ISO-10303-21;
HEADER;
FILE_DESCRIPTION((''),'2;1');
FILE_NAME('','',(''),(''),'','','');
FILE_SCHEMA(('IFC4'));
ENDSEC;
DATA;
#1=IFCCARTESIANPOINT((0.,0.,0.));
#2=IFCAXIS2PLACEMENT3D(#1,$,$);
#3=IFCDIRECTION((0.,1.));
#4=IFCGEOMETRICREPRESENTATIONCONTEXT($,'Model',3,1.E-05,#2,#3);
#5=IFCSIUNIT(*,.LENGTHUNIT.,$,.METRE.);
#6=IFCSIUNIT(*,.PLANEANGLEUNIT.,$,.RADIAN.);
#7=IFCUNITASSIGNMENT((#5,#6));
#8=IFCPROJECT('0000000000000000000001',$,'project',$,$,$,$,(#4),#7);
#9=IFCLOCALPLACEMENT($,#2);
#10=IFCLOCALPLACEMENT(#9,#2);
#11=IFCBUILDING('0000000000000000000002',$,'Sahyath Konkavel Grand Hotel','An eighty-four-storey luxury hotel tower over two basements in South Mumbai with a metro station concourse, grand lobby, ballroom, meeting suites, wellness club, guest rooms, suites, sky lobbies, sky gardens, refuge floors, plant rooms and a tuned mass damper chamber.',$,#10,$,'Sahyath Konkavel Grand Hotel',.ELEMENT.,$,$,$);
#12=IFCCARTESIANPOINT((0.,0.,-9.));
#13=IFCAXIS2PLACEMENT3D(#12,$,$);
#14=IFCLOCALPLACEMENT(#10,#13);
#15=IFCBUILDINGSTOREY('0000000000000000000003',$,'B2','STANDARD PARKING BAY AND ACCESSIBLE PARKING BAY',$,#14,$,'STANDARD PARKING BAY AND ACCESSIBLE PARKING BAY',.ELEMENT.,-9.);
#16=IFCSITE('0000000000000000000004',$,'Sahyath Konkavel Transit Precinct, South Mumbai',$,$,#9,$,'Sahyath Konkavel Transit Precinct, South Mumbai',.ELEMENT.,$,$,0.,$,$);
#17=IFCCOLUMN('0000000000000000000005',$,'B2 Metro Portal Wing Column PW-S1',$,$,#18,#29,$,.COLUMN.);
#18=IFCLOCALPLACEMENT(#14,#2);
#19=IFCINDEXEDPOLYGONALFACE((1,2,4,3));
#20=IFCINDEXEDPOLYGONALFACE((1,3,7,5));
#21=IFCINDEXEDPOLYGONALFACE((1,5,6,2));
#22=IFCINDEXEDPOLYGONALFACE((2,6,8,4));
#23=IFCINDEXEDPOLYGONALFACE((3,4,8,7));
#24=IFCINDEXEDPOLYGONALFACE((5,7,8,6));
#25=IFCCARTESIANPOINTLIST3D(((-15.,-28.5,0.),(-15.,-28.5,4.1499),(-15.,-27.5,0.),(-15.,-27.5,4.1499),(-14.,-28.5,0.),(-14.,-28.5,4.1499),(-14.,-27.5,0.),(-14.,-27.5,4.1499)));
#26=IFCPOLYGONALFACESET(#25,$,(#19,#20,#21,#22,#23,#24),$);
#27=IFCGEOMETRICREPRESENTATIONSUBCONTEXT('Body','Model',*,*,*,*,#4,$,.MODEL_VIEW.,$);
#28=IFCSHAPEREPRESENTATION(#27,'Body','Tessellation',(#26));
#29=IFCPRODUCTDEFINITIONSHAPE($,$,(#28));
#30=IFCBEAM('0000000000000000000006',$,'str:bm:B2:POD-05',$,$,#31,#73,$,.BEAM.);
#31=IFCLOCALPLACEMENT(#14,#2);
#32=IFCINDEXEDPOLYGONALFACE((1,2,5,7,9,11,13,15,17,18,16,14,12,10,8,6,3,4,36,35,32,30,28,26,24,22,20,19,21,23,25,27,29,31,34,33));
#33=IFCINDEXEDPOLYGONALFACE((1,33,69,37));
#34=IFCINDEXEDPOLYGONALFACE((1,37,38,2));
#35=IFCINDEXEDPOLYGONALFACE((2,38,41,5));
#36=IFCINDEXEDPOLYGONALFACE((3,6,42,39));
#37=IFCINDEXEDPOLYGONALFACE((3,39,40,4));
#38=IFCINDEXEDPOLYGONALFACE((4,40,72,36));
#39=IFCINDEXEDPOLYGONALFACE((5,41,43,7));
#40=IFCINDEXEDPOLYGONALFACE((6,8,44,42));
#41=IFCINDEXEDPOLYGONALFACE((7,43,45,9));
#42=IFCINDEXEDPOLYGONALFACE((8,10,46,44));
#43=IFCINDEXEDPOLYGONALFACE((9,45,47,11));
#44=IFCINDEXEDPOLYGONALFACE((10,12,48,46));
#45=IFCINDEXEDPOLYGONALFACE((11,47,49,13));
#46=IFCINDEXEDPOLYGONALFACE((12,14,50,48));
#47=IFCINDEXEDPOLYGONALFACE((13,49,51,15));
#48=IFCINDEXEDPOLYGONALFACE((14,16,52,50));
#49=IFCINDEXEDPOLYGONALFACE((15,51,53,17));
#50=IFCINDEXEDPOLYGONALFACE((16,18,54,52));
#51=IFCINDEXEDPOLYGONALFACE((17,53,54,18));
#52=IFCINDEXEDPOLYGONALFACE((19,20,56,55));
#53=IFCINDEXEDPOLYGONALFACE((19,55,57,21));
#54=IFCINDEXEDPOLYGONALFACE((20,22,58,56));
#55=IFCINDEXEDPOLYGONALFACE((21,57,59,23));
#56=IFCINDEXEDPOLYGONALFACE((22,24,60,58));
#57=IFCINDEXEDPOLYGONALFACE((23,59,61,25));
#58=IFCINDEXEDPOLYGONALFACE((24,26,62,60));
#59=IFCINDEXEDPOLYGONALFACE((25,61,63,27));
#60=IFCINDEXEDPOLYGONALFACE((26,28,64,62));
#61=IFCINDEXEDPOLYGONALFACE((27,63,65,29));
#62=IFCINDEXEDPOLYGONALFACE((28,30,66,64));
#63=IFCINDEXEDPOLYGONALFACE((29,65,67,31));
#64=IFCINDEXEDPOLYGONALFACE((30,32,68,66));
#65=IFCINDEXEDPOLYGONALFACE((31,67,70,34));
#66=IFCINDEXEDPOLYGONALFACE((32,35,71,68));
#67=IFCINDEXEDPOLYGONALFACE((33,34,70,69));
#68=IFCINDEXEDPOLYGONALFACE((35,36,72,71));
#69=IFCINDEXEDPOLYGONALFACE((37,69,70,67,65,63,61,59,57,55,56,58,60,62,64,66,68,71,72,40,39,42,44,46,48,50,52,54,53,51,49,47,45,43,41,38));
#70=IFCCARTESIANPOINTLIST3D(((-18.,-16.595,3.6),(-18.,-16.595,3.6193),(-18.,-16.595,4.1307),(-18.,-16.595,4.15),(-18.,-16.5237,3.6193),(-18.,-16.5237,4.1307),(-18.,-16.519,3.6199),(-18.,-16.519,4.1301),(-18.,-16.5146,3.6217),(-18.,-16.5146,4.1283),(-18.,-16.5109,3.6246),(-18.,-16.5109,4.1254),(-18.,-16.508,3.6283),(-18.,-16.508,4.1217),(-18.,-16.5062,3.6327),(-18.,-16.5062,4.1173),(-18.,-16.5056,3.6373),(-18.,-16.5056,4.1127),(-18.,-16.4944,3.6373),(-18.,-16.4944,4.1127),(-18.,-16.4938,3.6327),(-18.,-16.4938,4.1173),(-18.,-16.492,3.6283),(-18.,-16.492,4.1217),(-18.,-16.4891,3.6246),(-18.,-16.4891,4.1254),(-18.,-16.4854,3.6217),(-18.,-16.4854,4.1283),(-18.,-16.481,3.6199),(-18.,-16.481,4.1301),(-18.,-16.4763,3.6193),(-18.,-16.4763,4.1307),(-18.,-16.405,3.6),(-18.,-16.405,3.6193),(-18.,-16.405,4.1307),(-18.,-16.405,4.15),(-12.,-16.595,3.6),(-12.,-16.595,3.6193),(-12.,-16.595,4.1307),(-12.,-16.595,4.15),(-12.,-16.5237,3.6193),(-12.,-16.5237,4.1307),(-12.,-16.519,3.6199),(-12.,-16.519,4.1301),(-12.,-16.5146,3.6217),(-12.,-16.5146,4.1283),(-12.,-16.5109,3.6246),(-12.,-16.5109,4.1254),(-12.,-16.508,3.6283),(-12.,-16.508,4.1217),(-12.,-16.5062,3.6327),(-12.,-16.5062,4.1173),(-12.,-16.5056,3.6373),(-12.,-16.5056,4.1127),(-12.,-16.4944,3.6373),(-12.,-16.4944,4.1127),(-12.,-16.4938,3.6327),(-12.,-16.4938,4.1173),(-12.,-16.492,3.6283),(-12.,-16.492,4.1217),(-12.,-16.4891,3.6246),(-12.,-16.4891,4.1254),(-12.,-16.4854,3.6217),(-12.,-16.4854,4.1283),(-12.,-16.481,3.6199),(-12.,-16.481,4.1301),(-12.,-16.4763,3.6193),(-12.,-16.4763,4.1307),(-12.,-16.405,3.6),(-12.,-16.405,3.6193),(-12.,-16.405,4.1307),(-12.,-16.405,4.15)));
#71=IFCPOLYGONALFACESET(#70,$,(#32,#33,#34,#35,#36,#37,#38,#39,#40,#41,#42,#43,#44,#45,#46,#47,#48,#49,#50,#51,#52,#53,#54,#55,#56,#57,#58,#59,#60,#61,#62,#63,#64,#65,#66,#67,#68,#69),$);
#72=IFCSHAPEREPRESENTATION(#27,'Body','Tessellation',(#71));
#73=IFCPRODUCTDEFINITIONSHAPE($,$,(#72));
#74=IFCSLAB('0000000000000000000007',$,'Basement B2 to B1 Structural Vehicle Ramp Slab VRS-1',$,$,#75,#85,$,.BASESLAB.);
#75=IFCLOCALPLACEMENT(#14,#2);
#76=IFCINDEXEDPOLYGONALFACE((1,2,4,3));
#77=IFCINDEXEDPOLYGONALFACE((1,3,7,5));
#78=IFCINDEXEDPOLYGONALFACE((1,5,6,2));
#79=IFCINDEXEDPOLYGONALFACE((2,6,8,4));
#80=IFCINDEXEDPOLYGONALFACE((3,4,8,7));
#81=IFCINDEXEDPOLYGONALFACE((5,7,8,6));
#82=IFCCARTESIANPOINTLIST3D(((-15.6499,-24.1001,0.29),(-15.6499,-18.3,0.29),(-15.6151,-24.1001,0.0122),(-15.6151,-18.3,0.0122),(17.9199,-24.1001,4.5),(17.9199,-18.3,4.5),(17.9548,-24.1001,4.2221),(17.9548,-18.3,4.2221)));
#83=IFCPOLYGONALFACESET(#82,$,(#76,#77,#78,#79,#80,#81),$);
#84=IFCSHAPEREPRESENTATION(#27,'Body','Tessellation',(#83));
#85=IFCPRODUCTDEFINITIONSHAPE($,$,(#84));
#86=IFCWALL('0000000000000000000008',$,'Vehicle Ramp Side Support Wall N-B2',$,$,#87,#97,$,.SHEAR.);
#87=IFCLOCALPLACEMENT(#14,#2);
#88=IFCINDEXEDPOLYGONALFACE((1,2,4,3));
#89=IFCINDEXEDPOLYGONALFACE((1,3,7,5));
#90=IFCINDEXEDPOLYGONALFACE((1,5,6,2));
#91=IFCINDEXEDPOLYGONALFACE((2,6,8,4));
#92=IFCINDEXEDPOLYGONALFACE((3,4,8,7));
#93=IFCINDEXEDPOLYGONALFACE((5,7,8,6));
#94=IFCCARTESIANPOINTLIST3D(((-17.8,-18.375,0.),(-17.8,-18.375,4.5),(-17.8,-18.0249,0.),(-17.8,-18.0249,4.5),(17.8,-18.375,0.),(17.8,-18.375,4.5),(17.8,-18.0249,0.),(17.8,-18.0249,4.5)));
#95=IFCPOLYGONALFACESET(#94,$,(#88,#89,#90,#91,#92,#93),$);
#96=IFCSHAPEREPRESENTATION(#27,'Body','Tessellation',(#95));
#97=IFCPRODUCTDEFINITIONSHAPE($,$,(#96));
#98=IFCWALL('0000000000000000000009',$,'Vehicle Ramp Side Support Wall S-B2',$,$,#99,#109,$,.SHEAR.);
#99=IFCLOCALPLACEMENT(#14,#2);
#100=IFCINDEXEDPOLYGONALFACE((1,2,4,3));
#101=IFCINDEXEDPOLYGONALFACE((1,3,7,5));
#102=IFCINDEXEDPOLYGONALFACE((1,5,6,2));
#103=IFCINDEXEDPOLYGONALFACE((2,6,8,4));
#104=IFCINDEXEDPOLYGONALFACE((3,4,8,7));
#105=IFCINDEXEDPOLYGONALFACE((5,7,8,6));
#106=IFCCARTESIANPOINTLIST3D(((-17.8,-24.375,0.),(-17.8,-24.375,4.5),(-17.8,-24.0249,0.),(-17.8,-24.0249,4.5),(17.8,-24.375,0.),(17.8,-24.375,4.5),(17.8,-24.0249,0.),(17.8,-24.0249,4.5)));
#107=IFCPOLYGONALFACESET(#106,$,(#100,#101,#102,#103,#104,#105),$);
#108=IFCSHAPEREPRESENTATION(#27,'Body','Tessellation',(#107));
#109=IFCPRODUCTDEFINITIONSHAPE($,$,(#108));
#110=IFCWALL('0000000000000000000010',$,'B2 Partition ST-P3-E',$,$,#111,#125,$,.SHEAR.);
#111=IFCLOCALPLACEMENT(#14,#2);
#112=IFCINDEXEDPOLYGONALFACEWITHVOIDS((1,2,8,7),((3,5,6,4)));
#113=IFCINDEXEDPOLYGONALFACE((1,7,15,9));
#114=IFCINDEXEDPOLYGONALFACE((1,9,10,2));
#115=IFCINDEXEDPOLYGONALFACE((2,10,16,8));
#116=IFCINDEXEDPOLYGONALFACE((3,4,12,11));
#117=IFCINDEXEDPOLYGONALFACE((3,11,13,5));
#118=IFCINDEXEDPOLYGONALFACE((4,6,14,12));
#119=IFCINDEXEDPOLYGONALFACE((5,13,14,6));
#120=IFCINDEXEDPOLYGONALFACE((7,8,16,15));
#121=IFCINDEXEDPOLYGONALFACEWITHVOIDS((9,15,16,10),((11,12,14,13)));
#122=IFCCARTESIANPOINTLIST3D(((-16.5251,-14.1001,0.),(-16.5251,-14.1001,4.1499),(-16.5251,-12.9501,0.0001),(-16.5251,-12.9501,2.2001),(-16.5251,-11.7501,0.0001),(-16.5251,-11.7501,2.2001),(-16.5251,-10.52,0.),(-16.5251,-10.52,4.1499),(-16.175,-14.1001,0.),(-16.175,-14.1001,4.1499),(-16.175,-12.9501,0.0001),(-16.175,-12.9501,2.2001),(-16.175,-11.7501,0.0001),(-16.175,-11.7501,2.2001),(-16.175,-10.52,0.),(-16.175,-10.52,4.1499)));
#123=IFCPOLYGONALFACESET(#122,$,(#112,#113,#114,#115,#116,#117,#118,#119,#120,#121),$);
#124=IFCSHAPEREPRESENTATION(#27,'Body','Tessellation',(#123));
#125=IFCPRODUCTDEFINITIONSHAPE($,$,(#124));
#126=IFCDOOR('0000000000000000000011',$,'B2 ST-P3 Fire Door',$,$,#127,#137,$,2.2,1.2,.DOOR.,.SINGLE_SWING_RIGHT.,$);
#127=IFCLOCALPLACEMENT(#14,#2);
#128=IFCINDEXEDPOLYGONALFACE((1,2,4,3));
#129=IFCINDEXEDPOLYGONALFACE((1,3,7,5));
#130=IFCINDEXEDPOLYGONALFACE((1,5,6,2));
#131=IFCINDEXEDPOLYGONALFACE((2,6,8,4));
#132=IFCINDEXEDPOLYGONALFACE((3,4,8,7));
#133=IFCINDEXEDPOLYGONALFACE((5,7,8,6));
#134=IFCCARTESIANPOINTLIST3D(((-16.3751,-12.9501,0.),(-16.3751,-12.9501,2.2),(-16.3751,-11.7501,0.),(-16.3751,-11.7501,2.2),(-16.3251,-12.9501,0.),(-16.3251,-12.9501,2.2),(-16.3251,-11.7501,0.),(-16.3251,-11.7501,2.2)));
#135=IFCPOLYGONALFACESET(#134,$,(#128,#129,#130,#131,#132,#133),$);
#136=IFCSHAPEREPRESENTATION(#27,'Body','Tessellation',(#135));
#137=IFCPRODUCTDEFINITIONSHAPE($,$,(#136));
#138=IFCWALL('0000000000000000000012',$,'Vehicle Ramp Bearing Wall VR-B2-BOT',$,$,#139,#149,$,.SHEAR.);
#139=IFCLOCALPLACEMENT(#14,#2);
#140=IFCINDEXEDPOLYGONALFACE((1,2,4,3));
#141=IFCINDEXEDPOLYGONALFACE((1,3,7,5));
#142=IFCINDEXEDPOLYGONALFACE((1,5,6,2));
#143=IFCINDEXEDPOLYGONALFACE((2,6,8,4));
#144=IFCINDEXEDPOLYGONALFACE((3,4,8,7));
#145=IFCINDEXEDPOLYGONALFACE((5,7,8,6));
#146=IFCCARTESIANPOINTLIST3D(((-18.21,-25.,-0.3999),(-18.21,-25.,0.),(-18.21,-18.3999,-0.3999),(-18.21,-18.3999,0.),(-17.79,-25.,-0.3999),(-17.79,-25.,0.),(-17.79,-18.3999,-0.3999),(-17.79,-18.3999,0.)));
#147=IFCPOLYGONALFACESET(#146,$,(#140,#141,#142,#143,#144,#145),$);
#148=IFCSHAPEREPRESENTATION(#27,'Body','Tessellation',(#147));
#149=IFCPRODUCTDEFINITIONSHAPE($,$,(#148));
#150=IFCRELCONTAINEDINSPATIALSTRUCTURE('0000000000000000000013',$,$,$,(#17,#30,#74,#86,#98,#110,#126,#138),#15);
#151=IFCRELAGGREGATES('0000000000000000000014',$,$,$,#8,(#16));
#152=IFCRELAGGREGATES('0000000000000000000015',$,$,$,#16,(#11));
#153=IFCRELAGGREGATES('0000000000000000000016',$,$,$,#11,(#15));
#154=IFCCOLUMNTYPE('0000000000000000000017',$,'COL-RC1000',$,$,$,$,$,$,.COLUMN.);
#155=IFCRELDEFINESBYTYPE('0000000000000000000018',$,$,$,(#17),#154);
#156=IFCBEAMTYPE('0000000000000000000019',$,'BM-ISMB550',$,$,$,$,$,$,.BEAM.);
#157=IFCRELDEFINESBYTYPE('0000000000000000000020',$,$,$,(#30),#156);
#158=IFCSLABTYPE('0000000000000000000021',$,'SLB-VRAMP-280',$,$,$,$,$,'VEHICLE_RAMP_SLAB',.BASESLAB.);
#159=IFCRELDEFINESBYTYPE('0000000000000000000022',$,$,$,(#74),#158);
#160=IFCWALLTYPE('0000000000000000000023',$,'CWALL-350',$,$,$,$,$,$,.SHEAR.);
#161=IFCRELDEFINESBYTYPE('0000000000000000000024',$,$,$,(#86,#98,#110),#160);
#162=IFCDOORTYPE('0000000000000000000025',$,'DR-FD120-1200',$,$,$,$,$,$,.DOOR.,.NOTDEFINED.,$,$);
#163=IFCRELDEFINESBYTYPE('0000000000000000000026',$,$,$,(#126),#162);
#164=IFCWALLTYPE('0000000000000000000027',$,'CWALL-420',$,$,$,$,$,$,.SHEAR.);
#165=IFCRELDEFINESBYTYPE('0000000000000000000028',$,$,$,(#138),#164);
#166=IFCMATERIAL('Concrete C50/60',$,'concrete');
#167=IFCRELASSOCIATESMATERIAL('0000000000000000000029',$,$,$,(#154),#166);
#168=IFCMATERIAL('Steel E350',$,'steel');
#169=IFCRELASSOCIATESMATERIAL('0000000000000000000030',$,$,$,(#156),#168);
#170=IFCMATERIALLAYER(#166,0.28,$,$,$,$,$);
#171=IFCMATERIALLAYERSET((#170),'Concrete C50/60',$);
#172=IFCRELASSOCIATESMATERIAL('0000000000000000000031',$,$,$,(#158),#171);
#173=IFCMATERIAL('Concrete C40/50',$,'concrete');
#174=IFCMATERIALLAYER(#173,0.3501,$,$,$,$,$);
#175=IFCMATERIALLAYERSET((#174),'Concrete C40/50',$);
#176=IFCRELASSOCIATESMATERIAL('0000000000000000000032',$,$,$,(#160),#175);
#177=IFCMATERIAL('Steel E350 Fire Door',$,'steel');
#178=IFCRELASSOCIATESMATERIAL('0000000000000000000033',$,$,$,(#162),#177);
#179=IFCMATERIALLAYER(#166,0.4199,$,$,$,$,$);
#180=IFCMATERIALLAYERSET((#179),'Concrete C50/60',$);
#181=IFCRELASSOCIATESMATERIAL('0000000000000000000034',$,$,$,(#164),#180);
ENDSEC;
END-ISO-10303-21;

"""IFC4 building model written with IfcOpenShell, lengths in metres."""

from ifc_helpers import new_model, si_unit, direction, frame, frame_2d, origin, origin_2d, place, context, subcontext, project, spatial, polyline, rectangle, i_section, outline, extrude, source, transform, mapped, material, layer, layer_set, material_profile, profile_set, type_object, element, fill, save


model = new_model("IFC4")

# Units and contexts
model_context = context("Model", 3, precision=1e-05, world=origin(), true_north=direction((0.0, 1.0)))
body_context = subcontext(model_context, "Body", "Model", "MODEL_VIEW")
ifc_project = project(units=[si_unit("LENGTHUNIT", "METRE"), si_unit("PLANEANGLEUNIT", "RADIAN")], contexts=[model_context])

# Site, building, storey
site_placement = place(None, origin())
site = spatial("IfcSite", under=ifc_project, at=site_placement, Name="Sahyath Konkavel Transit Precinct, South Mumbai", LongName="Sahyath Konkavel Transit Precinct, South Mumbai", CompositionType="ELEMENT", RefElevation=0.0)
building_placement = place(site_placement, origin())
building = spatial("IfcBuilding", under=site, at=building_placement, Name="Sahyath Konkavel Grand Hotel", Description="An eighty-four-storey luxury hotel tower over two basements in South Mumbai with a metro station concourse, grand lobby, ballroom, meeting suites, wellness club, guest rooms, suites, sky lobbies, sky gardens, refuge floors, plant rooms and a tuned mass damper chamber.", LongName="Sahyath Konkavel Grand Hotel", CompositionType="ELEMENT")
storey_placement = place(building_placement, frame((0.0, 0.0, -9.0)))
storey = spatial("IfcBuildingStorey", under=building, at=storey_placement, Name="B2", Description="STANDARD PARKING BAY AND ACCESSIBLE PARKING BAY", LongName="STANDARD PARKING BAY AND ACCESSIBLE PARKING BAY", CompositionType="ELEMENT", Elevation=-9.0)

# Shared definitions
ifc_material_1 = material(Name="Concrete C50/60", Category="concrete")

# Column
ifc_material_profile_1 = material_profile(ifc_material_1, rectangle(XDim=1.0, YDim=1.0, at=origin_2d()), Name="RC 1000x1000")
ifc_profile_set_1 = profile_set([ifc_material_profile_1], Name="Concrete C50/60")
column_type_1 = type_object("IfcColumnType", Name="COL-RC1000", PredefinedType="COLUMN", material=ifc_profile_set_1)
shared_shape_1 = source(origin(), body_context, "Body", "SweptSolid", [
    extrude(rectangle(XDim=1.0, YDim=1.0, at=origin_2d()), origin(), (0.0, 0.0, 1.0), 4.1499),
])
column_1_placement = place(storey_placement, frame((-14.5, -28.0, 0.0), z_axis=(0.0, 0.0, 1.0), x_axis=(1.0, 0.0, 0.0)))
element("IfcColumn", 1, at=column_1_placement, inside=storey, type_object=column_type_1, Name="B2 Metro Portal Wing Column PW-S1", PredefinedType="COLUMN", context=body_context, shape_type="MappedRepresentation", body=[
    mapped(shared_shape_1, transform((0.0, 0.0, 0.0), scale=1.0)),
])

# Beam
ifc_material_2 = material(Name="Steel E350", Category="steel")
ifc_material_profile_2 = material_profile(ifc_material_2, i_section(OverallWidth=0.1899, OverallDepth=0.55, WebThickness=0.0112, FlangeThickness=0.0193, FilletRadius=0.0181, at=origin_2d()), Name="ISMB 550")
ifc_profile_set_2 = profile_set([ifc_material_profile_2], Name="Steel E350")
beam_type = type_object("IfcBeamType", Name="BM-ISMB550", PredefinedType="BEAM", material=ifc_profile_set_2)
shared_shape_2 = source(origin(), body_context, "Body", "SweptSolid", [
    extrude(i_section(OverallWidth=0.1899, OverallDepth=0.55, WebThickness=0.0112, FlangeThickness=0.0193, FilletRadius=0.0181, at=origin_2d()), origin(), (0.0, 0.0, 1.0), 6.0),
])
beam_placement = place(storey_placement, frame((-18.0, -16.5, 3.875), z_axis=(1.0, 0.0, 0.0), x_axis=(0.0, 1.0, 0.0)))
element("IfcBeam", 2, at=beam_placement, inside=storey, type_object=beam_type, Name="str:bm:B2:POD-05", PredefinedType="BEAM", context=body_context, shape_type="MappedRepresentation", body=[
    mapped(shared_shape_2, transform((0.0, 0.0, 0.0), scale=1.0)),
])

# Slab
ifc_layer_1 = layer(ifc_material_1, 0.28)
ifc_layer_set_1 = layer_set([ifc_layer_1], Name="Concrete C50/60")
slab_type = type_object("IfcSlabType", Name="SLB-VRAMP-280", ElementType="VEHICLE_RAMP_SLAB", PredefinedType="BASESLAB", material=ifc_layer_set_1)
slab_placement = place(storey_placement, frame((-15.6499, -24.1001, 0.29), z_axis=(-0.124434, 0.0, 0.992228), x_axis=(0.992228, 0.0, 0.124434)))
element("IfcSlab", 3, at=slab_placement, inside=storey, type_object=slab_type, Name="Basement B2 to B1 Structural Vehicle Ramp Slab VRS-1", PredefinedType="BASESLAB", context=body_context, shape_type="SweptSolid", body=[
    extrude(outline(polyline([(0.0, 0.0), (33.8328, 0.0), (33.8328, 5.8), (0.0, 5.8), (0.0, 0.0)])), origin(), (0.0, 0.0, -1.0), 0.28),
])

# Walls
ifc_material_3 = material(Name="Concrete C40/50", Category="concrete")
ifc_layer_2 = layer(ifc_material_3, 0.3501)
ifc_layer_set_2 = layer_set([ifc_layer_2], Name="Concrete C40/50")
wall_type_1 = type_object("IfcWallType", Name="CWALL-350", PredefinedType="SHEAR", material=ifc_layer_set_2)
for number, where, z_axis, x_axis, name in (
    (4, (-17.8, -18.2, 0.0), (0.0, 0.0, 1.0), (1.0, 0.0, 0.0), "Vehicle Ramp Side Support Wall N-B2"),
    (5, (-17.8, -24.2, 0.0), (0.0, 0.0, 1.0), (1.0, 0.0, 0.0), "Vehicle Ramp Side Support Wall S-B2"),
):
    element("IfcWall", number, at=place(storey_placement, frame(where, z_axis=z_axis, x_axis=x_axis)), inside=storey, type_object=wall_type_1, Name=name, PredefinedType="SHEAR", context=body_context, shape_type="SweptSolid", body=[
        extrude(rectangle(XDim=35.6001, YDim=0.3501, at=frame_2d((17.8, 0.0))), origin(), (0.0, 0.0, 1.0), 4.5),
    ])

# Wall, opening, door
wall_1_placement = place(storey_placement, frame((-16.3501, -14.1001, 0.0), z_axis=(0.0, 0.0, 1.0), x_axis=(0.0, 1.0, 0.0)))
wall_1 = element("IfcWall", 6, at=wall_1_placement, inside=storey, type_object=wall_type_1, Name="B2 Partition ST-P3-E", PredefinedType="SHEAR", context=body_context, shape_type="SweptSolid", body=[
    extrude(rectangle(XDim=3.5801, YDim=0.3501, at=frame_2d((1.79, 0.0))), origin(), (0.0, 0.0, 1.0), 4.1499),
])
opening_1_placement = place(wall_1_placement, frame((1.1499, 0.0, 0.0)))
opening_1 = element("IfcOpeningElement", 7, at=opening_1_placement, cuts=wall_1, PredefinedType="OPENING", context=body_context, shape_type="SweptSolid", body=[
    extrude(rectangle(XDim=1.2, YDim=2.2, at=frame_2d((0.6001, 1.1001))), frame((0.0, 0.1851, 0.0), z_axis=(0.0, -1.0, 0.0), x_axis=(1.0, 0.0, 0.0)), (0.0, 0.0, 1.0), 0.3701),
])
ifc_material_4 = material(Name="Steel E350 Fire Door", Category="steel")
door_type_1 = type_object("IfcDoorType", Name="DR-FD120-1200", OperationType="NOTDEFINED", PredefinedType="DOOR", material=ifc_material_4)
shared_shape_3 = source(origin(), body_context, "Body", "SweptSolid", [
    extrude(rectangle(XDim=1.2, YDim=0.05, at=origin_2d()), origin(), (0.0, 0.0, 1.0), 2.2),
])
door_1_placement = place(opening_1_placement, frame((0.6001, 0.0, 0.0)))
door_1 = element("IfcDoor", 8, at=door_1_placement, inside=storey, type_object=door_type_1, Name="B2 ST-P3 Fire Door", OperationType="SINGLE_SWING_RIGHT", OverallHeight=2.2, OverallWidth=1.2, PredefinedType="DOOR", context=body_context, shape_type="MappedRepresentation", body=[
    mapped(shared_shape_3, transform((0.0, 0.0, 0.0), scale=1.0)),
])
fill(opening_1, door_1)

# Wall
ifc_layer_3 = layer(ifc_material_1, 0.4199)
ifc_layer_set_3 = layer_set([ifc_layer_3], Name="Concrete C50/60")
wall_type_2 = type_object("IfcWallType", Name="CWALL-420", PredefinedType="SHEAR", material=ifc_layer_set_3)
wall_2_placement = place(storey_placement, frame((-18.0, -25.0, -0.3999), z_axis=(0.0, 0.0, 1.0), x_axis=(0.0, 1.0, 0.0)))
element("IfcWall", 9, at=wall_2_placement, inside=storey, type_object=wall_type_2, Name="Vehicle Ramp Bearing Wall VR-B2-BOT", PredefinedType="SHEAR", context=body_context, shape_type="SweptSolid", body=[
    extrude(rectangle(XDim=6.6001, YDim=0.4199, at=frame_2d((3.3, 0.0))), origin(), (0.0, 0.0, 1.0), 0.3999),
])

save(model, "model.ifc")
